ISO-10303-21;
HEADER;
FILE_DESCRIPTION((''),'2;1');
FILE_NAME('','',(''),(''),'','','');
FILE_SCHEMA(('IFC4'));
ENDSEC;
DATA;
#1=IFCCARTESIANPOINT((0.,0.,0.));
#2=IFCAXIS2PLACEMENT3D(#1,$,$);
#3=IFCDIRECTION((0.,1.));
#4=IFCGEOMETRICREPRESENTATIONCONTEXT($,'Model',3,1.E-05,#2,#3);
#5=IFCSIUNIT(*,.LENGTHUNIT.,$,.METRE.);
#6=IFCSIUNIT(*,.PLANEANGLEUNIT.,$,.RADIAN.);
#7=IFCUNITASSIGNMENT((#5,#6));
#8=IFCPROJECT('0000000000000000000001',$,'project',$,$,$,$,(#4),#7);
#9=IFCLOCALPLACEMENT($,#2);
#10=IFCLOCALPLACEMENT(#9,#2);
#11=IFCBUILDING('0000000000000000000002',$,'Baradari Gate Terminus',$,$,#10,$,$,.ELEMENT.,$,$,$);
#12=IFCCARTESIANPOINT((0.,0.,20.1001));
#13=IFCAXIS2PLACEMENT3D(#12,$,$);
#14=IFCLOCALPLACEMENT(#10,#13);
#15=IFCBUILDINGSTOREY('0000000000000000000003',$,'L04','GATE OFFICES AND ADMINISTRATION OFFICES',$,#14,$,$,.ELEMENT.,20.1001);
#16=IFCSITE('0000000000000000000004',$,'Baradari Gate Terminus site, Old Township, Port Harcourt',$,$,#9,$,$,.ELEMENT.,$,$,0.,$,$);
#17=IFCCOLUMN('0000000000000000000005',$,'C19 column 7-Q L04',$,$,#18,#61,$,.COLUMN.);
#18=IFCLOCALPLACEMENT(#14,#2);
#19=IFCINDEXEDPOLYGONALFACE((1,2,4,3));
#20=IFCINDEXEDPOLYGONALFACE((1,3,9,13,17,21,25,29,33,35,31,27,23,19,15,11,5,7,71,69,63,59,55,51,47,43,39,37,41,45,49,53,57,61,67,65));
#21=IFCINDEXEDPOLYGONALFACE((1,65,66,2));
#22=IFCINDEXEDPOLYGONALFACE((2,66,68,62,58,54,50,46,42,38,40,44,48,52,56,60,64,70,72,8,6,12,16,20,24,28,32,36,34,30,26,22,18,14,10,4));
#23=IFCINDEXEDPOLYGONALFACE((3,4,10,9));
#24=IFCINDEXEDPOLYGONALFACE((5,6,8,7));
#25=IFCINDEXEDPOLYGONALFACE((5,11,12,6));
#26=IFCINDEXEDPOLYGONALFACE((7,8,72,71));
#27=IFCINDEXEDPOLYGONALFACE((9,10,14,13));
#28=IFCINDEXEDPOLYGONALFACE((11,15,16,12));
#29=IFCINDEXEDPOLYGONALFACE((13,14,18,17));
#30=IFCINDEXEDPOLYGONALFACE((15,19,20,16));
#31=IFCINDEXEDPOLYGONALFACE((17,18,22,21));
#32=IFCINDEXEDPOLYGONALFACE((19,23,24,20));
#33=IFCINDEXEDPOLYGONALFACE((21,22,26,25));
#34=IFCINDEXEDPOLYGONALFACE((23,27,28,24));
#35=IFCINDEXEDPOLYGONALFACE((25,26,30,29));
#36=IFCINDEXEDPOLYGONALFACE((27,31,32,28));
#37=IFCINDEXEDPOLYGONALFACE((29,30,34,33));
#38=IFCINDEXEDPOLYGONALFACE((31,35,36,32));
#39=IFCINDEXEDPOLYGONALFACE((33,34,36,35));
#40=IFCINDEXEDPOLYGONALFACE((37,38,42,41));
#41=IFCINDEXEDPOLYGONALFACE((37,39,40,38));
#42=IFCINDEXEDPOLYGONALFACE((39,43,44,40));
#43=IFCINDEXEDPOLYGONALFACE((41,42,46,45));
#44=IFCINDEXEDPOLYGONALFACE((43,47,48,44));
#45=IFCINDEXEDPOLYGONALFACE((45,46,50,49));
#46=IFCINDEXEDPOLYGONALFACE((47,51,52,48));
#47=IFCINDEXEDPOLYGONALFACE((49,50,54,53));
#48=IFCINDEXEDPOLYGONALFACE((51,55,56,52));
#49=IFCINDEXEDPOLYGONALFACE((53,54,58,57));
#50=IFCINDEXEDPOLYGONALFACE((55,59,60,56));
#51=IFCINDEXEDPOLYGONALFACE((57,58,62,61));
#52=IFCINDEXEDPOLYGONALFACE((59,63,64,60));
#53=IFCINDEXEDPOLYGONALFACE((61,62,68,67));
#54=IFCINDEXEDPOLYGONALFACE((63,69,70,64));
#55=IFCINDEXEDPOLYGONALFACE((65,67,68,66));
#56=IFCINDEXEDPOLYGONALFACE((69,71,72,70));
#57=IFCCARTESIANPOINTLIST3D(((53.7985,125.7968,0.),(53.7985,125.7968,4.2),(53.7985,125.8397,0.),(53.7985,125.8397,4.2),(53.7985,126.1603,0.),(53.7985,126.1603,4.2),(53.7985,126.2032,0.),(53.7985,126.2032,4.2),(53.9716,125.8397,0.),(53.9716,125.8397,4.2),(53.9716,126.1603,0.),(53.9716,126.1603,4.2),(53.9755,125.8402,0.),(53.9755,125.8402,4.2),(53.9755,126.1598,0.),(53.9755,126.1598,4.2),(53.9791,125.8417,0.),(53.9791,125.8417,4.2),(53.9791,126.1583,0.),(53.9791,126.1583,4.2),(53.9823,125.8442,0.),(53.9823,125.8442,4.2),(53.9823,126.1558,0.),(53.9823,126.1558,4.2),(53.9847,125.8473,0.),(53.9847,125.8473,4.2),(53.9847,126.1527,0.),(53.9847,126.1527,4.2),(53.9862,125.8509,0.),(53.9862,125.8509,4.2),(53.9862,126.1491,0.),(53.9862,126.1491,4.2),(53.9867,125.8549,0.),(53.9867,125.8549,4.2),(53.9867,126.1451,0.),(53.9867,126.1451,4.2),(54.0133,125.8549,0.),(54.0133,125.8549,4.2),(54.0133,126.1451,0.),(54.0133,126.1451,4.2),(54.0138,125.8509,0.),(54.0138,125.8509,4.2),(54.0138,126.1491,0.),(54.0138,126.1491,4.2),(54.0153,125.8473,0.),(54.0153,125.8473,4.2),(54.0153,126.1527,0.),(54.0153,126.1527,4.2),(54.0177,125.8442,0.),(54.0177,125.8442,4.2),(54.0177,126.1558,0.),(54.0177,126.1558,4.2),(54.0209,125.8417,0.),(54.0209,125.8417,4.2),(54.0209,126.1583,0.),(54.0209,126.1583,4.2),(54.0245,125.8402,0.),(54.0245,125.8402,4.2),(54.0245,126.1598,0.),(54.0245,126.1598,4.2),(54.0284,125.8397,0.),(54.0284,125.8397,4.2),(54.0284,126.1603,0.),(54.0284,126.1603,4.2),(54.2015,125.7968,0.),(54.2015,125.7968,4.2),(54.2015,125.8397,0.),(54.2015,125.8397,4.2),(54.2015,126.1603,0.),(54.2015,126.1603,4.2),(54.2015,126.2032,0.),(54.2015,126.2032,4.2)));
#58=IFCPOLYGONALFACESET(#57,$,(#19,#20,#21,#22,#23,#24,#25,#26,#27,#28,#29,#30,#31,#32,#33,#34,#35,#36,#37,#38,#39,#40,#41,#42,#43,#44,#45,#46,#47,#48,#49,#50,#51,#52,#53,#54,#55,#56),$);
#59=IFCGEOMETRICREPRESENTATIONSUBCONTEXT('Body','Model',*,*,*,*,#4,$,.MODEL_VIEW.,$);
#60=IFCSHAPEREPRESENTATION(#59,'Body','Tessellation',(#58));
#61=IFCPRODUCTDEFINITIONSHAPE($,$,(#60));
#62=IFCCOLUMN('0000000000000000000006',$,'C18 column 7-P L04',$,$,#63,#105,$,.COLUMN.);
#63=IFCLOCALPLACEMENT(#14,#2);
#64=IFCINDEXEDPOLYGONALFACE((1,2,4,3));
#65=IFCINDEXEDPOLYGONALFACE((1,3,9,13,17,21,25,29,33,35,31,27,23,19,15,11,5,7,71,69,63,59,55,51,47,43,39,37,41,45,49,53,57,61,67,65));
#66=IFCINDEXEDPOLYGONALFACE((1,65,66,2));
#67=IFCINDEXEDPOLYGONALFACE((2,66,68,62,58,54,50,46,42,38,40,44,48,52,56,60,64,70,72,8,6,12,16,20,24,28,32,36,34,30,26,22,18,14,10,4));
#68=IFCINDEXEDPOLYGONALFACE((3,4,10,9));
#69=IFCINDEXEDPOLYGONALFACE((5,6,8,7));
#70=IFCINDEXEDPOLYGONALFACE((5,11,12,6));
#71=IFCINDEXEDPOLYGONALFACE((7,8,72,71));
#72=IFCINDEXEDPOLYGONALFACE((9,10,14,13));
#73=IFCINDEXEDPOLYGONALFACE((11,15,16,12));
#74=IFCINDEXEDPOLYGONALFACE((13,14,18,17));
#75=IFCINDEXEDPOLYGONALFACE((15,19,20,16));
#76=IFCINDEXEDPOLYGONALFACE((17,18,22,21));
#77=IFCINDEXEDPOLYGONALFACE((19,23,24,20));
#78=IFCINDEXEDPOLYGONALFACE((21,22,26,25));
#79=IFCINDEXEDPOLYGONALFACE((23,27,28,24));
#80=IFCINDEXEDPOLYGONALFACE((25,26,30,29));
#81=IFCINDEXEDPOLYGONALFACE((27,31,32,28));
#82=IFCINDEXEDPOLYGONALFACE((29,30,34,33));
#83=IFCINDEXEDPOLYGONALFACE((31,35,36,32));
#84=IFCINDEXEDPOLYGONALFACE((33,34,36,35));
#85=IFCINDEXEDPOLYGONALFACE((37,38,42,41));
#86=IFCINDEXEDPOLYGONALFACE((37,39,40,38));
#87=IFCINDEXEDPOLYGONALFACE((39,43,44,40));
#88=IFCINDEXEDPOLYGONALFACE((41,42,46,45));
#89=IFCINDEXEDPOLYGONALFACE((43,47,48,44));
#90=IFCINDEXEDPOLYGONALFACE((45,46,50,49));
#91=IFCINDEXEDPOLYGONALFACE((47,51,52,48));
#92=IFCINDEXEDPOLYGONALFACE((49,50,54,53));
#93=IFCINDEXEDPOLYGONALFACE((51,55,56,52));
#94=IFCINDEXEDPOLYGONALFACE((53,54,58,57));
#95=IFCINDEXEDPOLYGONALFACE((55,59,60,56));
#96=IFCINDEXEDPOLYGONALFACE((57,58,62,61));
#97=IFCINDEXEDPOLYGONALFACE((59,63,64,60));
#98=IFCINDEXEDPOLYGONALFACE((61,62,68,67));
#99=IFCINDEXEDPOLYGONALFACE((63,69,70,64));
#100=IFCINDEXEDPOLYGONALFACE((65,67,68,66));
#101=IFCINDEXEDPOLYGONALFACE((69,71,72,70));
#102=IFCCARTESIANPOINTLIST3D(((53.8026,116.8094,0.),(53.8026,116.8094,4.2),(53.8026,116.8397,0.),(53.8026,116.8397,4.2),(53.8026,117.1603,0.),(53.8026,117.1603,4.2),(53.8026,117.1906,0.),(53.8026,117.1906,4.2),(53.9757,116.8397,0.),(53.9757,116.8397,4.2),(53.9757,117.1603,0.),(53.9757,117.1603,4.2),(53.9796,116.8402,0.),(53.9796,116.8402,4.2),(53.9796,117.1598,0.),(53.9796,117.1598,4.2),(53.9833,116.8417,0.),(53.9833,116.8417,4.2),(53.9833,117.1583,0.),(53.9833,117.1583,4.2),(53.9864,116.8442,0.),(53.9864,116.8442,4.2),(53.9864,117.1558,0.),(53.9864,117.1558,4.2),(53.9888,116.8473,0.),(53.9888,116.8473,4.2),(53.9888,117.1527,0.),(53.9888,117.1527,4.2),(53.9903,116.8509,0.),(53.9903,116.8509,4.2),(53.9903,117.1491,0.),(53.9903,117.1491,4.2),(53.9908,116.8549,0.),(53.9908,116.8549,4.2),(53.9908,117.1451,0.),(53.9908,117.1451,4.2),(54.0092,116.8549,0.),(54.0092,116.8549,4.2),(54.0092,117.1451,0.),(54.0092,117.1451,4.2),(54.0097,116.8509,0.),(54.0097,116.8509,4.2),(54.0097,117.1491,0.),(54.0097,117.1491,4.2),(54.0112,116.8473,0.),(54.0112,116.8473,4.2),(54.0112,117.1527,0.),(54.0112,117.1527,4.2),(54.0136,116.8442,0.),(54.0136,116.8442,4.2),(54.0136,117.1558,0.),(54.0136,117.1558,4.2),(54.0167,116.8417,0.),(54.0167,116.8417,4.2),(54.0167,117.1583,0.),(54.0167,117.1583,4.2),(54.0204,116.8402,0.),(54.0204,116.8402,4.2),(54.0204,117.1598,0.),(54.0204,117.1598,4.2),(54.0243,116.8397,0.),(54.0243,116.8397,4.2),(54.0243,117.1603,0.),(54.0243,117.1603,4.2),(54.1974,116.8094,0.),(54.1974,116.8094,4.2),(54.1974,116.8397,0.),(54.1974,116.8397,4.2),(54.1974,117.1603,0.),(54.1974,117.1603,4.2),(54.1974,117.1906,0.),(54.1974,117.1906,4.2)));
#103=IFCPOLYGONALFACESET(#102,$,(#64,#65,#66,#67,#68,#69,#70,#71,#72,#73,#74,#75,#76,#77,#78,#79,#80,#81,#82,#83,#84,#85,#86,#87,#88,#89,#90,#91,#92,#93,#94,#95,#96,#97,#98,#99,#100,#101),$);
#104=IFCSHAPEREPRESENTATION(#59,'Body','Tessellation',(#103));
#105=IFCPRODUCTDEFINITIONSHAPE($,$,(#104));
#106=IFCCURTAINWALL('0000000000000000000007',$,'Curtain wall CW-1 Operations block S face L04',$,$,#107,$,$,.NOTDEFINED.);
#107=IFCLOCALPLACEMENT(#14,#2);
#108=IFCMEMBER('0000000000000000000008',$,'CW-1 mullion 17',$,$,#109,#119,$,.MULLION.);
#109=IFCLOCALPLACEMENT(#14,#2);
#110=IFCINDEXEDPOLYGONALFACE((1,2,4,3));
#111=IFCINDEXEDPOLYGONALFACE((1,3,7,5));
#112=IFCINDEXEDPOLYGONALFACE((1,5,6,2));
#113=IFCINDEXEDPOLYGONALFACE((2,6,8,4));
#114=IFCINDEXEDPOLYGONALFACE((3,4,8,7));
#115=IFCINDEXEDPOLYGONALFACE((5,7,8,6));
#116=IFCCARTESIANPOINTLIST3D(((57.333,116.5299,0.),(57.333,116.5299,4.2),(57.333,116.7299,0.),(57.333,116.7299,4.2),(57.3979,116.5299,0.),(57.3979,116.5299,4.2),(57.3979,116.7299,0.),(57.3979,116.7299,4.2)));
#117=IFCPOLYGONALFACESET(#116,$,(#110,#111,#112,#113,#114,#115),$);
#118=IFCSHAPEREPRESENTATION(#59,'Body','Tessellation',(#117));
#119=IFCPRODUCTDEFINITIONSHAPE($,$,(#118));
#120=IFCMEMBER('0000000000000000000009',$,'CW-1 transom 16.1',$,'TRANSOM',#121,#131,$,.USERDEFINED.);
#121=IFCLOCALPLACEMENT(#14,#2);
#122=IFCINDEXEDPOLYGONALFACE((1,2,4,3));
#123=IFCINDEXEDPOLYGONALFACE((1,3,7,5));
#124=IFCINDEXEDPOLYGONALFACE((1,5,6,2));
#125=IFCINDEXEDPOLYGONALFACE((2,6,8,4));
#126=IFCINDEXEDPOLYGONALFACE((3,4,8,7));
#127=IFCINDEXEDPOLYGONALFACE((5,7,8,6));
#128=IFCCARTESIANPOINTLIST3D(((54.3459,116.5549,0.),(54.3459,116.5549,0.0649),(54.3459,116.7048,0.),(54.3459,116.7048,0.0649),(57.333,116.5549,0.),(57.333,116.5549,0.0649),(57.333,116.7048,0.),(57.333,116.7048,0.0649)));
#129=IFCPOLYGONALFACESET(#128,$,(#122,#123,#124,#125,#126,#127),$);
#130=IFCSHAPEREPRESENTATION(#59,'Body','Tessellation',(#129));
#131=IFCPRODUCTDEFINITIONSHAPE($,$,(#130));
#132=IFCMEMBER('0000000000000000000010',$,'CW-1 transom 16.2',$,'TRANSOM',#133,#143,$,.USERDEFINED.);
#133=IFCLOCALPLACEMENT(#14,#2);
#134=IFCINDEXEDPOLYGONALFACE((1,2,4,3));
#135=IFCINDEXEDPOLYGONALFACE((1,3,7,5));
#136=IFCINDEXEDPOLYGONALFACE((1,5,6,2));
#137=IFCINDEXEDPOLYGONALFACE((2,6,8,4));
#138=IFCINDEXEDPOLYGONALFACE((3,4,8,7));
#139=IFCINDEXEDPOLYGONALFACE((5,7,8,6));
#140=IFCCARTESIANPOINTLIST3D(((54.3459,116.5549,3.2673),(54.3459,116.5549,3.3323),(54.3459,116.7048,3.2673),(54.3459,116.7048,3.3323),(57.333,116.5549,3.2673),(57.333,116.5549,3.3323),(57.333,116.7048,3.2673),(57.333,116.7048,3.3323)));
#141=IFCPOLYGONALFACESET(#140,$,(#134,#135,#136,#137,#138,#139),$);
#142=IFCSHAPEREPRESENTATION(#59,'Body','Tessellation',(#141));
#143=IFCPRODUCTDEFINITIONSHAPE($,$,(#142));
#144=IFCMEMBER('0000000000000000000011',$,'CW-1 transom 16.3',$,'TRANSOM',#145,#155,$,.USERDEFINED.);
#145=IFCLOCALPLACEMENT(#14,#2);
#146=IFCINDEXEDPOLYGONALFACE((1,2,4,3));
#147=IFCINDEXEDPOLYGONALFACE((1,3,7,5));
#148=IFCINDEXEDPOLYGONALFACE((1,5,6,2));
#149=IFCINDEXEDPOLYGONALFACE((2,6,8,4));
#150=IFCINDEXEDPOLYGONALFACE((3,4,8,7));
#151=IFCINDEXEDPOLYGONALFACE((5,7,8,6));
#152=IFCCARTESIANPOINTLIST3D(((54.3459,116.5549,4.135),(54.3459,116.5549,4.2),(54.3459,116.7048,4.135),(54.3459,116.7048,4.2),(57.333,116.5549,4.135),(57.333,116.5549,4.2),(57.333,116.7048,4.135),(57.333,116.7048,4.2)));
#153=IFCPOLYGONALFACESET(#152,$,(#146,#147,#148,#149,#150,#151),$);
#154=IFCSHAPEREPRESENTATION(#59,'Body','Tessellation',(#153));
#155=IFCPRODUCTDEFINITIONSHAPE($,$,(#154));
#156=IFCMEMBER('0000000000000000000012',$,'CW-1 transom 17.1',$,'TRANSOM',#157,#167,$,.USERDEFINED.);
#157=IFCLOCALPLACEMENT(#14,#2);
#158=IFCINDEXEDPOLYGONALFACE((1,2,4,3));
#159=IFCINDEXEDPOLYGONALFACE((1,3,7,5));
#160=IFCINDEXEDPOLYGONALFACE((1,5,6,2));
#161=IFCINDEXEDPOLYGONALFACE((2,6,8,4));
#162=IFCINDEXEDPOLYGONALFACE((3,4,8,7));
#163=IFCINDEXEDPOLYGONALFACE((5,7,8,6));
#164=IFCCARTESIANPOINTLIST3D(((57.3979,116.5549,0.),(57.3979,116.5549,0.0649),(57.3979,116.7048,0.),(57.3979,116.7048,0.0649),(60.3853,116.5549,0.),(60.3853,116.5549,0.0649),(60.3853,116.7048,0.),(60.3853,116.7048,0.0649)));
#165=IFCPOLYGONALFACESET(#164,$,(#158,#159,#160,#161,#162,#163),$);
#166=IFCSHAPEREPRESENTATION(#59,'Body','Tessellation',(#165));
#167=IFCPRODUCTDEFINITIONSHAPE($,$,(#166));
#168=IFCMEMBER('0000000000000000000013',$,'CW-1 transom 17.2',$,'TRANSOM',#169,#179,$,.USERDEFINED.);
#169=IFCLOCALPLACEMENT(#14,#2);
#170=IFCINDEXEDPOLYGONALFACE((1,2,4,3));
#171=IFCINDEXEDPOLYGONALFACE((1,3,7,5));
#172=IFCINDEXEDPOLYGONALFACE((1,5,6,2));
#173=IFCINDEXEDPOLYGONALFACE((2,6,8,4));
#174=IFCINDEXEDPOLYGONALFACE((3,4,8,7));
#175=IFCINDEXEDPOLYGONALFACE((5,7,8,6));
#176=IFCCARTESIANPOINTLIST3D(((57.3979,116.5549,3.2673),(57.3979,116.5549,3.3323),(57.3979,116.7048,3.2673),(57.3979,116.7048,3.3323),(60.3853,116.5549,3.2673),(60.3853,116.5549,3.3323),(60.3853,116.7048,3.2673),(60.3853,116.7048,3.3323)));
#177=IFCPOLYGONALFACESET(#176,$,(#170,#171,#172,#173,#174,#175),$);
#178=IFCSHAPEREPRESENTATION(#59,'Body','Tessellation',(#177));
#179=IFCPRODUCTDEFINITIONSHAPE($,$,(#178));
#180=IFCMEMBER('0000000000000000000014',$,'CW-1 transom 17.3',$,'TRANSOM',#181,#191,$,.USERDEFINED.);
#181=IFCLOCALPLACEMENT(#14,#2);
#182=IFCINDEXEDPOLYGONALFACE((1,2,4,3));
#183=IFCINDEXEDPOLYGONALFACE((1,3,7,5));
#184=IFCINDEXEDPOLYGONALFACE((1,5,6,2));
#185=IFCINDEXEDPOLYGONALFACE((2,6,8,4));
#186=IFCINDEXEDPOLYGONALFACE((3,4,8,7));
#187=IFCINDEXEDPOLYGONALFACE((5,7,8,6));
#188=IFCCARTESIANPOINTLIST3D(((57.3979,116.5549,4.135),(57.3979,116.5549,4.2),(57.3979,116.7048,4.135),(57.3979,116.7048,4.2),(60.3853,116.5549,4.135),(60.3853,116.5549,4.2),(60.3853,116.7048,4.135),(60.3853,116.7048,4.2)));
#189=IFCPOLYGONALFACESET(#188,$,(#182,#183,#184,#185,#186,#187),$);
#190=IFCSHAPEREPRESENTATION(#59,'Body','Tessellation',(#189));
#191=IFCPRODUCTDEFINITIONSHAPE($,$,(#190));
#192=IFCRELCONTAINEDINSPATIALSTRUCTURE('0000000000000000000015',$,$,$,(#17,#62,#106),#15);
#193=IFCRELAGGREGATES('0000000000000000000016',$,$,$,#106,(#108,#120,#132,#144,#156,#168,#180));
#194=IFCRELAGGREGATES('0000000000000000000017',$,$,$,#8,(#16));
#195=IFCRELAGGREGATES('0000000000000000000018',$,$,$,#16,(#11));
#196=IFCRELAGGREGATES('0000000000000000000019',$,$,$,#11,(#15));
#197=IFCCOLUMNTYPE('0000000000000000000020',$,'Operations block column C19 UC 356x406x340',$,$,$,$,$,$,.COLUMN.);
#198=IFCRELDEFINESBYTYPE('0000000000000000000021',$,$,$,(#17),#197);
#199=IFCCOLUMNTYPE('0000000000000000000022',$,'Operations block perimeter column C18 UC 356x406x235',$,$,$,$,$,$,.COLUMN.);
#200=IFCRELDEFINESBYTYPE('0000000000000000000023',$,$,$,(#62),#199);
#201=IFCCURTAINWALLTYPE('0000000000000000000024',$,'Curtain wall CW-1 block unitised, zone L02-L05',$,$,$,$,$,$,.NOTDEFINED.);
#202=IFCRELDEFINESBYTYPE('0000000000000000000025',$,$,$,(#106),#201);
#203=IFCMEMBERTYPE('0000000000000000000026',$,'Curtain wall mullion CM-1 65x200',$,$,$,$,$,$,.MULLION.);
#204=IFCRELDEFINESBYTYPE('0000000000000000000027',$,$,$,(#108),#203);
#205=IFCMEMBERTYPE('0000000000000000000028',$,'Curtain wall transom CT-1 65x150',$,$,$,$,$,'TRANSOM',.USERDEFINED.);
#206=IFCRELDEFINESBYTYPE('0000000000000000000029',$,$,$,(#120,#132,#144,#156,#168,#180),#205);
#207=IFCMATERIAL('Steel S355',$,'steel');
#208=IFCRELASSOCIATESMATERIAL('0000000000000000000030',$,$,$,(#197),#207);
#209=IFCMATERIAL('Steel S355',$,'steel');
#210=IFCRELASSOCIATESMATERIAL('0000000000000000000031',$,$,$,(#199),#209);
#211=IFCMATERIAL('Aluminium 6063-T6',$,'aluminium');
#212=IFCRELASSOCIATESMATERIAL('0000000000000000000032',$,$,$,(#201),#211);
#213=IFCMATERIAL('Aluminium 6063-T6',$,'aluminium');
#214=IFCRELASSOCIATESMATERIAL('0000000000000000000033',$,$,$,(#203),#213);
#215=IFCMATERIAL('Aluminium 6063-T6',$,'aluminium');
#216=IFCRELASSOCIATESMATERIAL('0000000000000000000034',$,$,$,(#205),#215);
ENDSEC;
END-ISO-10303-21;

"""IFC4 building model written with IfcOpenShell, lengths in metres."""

from ifc_helpers import new_model, si_unit, direction, frame, origin, origin_2d, place, context, subcontext, project, spatial, rectangle, i_section, extrude, material, material_profile, profile_set, type_object, element, aggregate, save


model = new_model("IFC4")

# Units and contexts
model_context = context("Model", 3, precision=1e-05, world=origin(), true_north=direction((0.0, 1.0)))
body_context = subcontext(model_context, "Body", "Model", "MODEL_VIEW")
ifc_project = project(units=[si_unit("LENGTHUNIT", "METRE"), si_unit("PLANEANGLEUNIT", "RADIAN")], contexts=[model_context])

# Site, building, storey
site_placement = place(None, origin())
site = spatial("IfcSite", under=ifc_project, at=site_placement, Name="Baradari Gate Terminus site, Old Township, Port Harcourt", CompositionType="ELEMENT", RefElevation=0.0)
building_placement = place(site_placement, origin())
building = spatial("IfcBuilding", under=site, at=building_placement, Name="Baradari Gate Terminus", CompositionType="ELEMENT")
storey_placement = place(building_placement, frame((0.0, 0.0, 20.1001)))
storey = spatial("IfcBuildingStorey", under=building, at=storey_placement, Name="L04", Description="GATE OFFICES AND ADMINISTRATION OFFICES", CompositionType="ELEMENT", Elevation=20.1001)

# Columns
ifc_material_1 = material(Name="Steel S355", Category="steel")
ifc_material_profile_1 = material_profile(ifc_material_1, i_section(OverallWidth=0.4031, OverallDepth=0.4065, WebThickness=0.0266, FlangeThickness=0.043, FilletRadius=0.0151, at=origin_2d()), Name="UC 356x406x340")
ifc_profile_set_1 = profile_set([ifc_material_profile_1], Name="Steel S355")
column_type_1 = type_object("IfcColumnType", Name="Operations block column C19 UC 356x406x340", PredefinedType="COLUMN", material=ifc_profile_set_1)
column_1_placement = place(storey_placement, frame((54.0, 126.0, 0.0), z_axis=(0.0, 0.0, 1.0), x_axis=(1.0, 0.0, 0.0)))
element("IfcColumn", 1, at=column_1_placement, inside=storey, type_object=column_type_1, Name="C19 column 7-Q L04", PredefinedType="COLUMN", context=body_context, shape_type="SweptSolid", body=[
    extrude(i_section(OverallWidth=0.4031, OverallDepth=0.4065, WebThickness=0.0266, FlangeThickness=0.043, FilletRadius=0.0151, at=origin_2d()), origin(), (0.0, 0.0, 1.0), 4.2),
])
ifc_material_2 = material(Name="Steel S355", Category="steel")
ifc_material_profile_2 = material_profile(ifc_material_2, i_section(OverallWidth=0.3948, OverallDepth=0.3811, WebThickness=0.0183, FlangeThickness=0.0303, FilletRadius=0.0151, at=origin_2d()), Name="UC 356x406x235")
ifc_profile_set_2 = profile_set([ifc_material_profile_2], Name="Steel S355")
column_type_2 = type_object("IfcColumnType", Name="Operations block perimeter column C18 UC 356x406x235", PredefinedType="COLUMN", material=ifc_profile_set_2)
column_2_placement = place(storey_placement, frame((54.0, 117.0, 0.0), z_axis=(0.0, 0.0, 1.0), x_axis=(1.0, 0.0, 0.0)))
element("IfcColumn", 2, at=column_2_placement, inside=storey, type_object=column_type_2, Name="C18 column 7-P L04", PredefinedType="COLUMN", context=body_context, shape_type="SweptSolid", body=[
    extrude(i_section(OverallWidth=0.3948, OverallDepth=0.3811, WebThickness=0.0183, FlangeThickness=0.0303, FilletRadius=0.0151, at=origin_2d()), origin(), (0.0, 0.0, 1.0), 4.2),
])

# Curtain wall, members
ifc_material_3 = material(Name="Aluminium 6063-T6", Category="aluminium")
curtain_wall_type = type_object("IfcCurtainWallType", Name="Curtain wall CW-1 block unitised, zone L02-L05", PredefinedType="NOTDEFINED", material=ifc_material_3)
curtain_wall_placement = place(storey_placement, origin())
curtain_wall = element("IfcCurtainWall", 3, at=curtain_wall_placement, inside=storey, type_object=curtain_wall_type, Name="Curtain wall CW-1 Operations block S face L04", PredefinedType="NOTDEFINED")
ifc_material_4 = material(Name="Aluminium 6063-T6", Category="aluminium")
ifc_material_profile_3 = material_profile(ifc_material_4, rectangle(XDim=0.2, YDim=0.0649, at=origin_2d()), Name="CM-1 65X200")
ifc_profile_set_3 = profile_set([ifc_material_profile_3], Name="Aluminium 6063-T6")
member_type_1 = type_object("IfcMemberType", Name="Curtain wall mullion CM-1 65x200", PredefinedType="MULLION", material=ifc_profile_set_3)
member_1_placement = place(storey_placement, frame((57.3655, 116.6299, 0.0), z_axis=(0.0, 0.0, 1.0), x_axis=(0.0, 1.0, 0.0)))
member_1 = element("IfcMember", 4, at=member_1_placement, type_object=member_type_1, Name="CW-1 mullion 17", PredefinedType="MULLION", context=body_context, shape_type="SweptSolid", body=[
    extrude(rectangle(XDim=0.2, YDim=0.0649, at=origin_2d()), origin(), (0.0, 0.0, 1.0), 4.2),
])
ifc_material_5 = material(Name="Aluminium 6063-T6", Category="aluminium")
ifc_material_profile_4 = material_profile(ifc_material_5, rectangle(XDim=0.1499, YDim=0.0649, at=origin_2d()), Name="CT-1 65X150")
ifc_profile_set_4 = profile_set([ifc_material_profile_4], Name="Aluminium 6063-T6")
member_type_2 = type_object("IfcMemberType", Name="Curtain wall transom CT-1 65x150", ElementType="TRANSOM", PredefinedType="USERDEFINED", material=ifc_profile_set_4)
member_2_placement = place(storey_placement, frame((54.3459, 116.6299, 0.0325), z_axis=(1.0, 0.0, 0.0), x_axis=(0.0, 1.0, 0.0)))
member_2 = element("IfcMember", 5, at=member_2_placement, type_object=member_type_2, Name="CW-1 transom 16.1", ObjectType="TRANSOM", PredefinedType="USERDEFINED", context=body_context, shape_type="SweptSolid", body=[
    extrude(rectangle(XDim=0.1499, YDim=0.0649, at=origin_2d()), origin(), (0.0, 0.0, 1.0), 2.9871),
])
member_3_placement = place(storey_placement, frame((54.3459, 116.6299, 3.2998), z_axis=(1.0, 0.0, 0.0), x_axis=(0.0, 1.0, 0.0)))
member_3 = element("IfcMember", 6, at=member_3_placement, type_object=member_type_2, Name="CW-1 transom 16.2", ObjectType="TRANSOM", PredefinedType="USERDEFINED", context=body_context, shape_type="SweptSolid", body=[
    extrude(rectangle(XDim=0.1499, YDim=0.0649, at=origin_2d()), origin(), (0.0, 0.0, 1.0), 2.9871),
])
member_4_placement = place(storey_placement, frame((54.3459, 116.6299, 4.1675), z_axis=(1.0, 0.0, 0.0), x_axis=(0.0, 1.0, 0.0)))
member_4 = element("IfcMember", 7, at=member_4_placement, type_object=member_type_2, Name="CW-1 transom 16.3", ObjectType="TRANSOM", PredefinedType="USERDEFINED", context=body_context, shape_type="SweptSolid", body=[
    extrude(rectangle(XDim=0.1499, YDim=0.0649, at=origin_2d()), origin(), (0.0, 0.0, 1.0), 2.9871),
])
member_5_placement = place(storey_placement, frame((57.3979, 116.6299, 0.0325), z_axis=(1.0, 0.0, 0.0), x_axis=(0.0, 1.0, 0.0)))
member_5 = element("IfcMember", 8, at=member_5_placement, type_object=member_type_2, Name="CW-1 transom 17.1", ObjectType="TRANSOM", PredefinedType="USERDEFINED", context=body_context, shape_type="SweptSolid", body=[
    extrude(rectangle(XDim=0.1499, YDim=0.0649, at=origin_2d()), origin(), (0.0, 0.0, 1.0), 2.9873),
])
member_6_placement = place(storey_placement, frame((57.3979, 116.6299, 3.2998), z_axis=(1.0, 0.0, 0.0), x_axis=(0.0, 1.0, 0.0)))
member_6 = element("IfcMember", 9, at=member_6_placement, type_object=member_type_2, Name="CW-1 transom 17.2", ObjectType="TRANSOM", PredefinedType="USERDEFINED", context=body_context, shape_type="SweptSolid", body=[
    extrude(rectangle(XDim=0.1499, YDim=0.0649, at=origin_2d()), origin(), (0.0, 0.0, 1.0), 2.9873),
])
member_7_placement = place(storey_placement, frame((57.3979, 116.6299, 4.1675), z_axis=(1.0, 0.0, 0.0), x_axis=(0.0, 1.0, 0.0)))
member_7 = element("IfcMember", 10, at=member_7_placement, type_object=member_type_2, Name="CW-1 transom 17.3", ObjectType="TRANSOM", PredefinedType="USERDEFINED", context=body_context, shape_type="SweptSolid", body=[
    extrude(rectangle(XDim=0.1499, YDim=0.0649, at=origin_2d()), origin(), (0.0, 0.0, 1.0), 2.9873),
])

aggregate(curtain_wall, [member_1, member_2, member_3, member_4, member_5, member_6, member_7])

save(model, "model.ifc")
